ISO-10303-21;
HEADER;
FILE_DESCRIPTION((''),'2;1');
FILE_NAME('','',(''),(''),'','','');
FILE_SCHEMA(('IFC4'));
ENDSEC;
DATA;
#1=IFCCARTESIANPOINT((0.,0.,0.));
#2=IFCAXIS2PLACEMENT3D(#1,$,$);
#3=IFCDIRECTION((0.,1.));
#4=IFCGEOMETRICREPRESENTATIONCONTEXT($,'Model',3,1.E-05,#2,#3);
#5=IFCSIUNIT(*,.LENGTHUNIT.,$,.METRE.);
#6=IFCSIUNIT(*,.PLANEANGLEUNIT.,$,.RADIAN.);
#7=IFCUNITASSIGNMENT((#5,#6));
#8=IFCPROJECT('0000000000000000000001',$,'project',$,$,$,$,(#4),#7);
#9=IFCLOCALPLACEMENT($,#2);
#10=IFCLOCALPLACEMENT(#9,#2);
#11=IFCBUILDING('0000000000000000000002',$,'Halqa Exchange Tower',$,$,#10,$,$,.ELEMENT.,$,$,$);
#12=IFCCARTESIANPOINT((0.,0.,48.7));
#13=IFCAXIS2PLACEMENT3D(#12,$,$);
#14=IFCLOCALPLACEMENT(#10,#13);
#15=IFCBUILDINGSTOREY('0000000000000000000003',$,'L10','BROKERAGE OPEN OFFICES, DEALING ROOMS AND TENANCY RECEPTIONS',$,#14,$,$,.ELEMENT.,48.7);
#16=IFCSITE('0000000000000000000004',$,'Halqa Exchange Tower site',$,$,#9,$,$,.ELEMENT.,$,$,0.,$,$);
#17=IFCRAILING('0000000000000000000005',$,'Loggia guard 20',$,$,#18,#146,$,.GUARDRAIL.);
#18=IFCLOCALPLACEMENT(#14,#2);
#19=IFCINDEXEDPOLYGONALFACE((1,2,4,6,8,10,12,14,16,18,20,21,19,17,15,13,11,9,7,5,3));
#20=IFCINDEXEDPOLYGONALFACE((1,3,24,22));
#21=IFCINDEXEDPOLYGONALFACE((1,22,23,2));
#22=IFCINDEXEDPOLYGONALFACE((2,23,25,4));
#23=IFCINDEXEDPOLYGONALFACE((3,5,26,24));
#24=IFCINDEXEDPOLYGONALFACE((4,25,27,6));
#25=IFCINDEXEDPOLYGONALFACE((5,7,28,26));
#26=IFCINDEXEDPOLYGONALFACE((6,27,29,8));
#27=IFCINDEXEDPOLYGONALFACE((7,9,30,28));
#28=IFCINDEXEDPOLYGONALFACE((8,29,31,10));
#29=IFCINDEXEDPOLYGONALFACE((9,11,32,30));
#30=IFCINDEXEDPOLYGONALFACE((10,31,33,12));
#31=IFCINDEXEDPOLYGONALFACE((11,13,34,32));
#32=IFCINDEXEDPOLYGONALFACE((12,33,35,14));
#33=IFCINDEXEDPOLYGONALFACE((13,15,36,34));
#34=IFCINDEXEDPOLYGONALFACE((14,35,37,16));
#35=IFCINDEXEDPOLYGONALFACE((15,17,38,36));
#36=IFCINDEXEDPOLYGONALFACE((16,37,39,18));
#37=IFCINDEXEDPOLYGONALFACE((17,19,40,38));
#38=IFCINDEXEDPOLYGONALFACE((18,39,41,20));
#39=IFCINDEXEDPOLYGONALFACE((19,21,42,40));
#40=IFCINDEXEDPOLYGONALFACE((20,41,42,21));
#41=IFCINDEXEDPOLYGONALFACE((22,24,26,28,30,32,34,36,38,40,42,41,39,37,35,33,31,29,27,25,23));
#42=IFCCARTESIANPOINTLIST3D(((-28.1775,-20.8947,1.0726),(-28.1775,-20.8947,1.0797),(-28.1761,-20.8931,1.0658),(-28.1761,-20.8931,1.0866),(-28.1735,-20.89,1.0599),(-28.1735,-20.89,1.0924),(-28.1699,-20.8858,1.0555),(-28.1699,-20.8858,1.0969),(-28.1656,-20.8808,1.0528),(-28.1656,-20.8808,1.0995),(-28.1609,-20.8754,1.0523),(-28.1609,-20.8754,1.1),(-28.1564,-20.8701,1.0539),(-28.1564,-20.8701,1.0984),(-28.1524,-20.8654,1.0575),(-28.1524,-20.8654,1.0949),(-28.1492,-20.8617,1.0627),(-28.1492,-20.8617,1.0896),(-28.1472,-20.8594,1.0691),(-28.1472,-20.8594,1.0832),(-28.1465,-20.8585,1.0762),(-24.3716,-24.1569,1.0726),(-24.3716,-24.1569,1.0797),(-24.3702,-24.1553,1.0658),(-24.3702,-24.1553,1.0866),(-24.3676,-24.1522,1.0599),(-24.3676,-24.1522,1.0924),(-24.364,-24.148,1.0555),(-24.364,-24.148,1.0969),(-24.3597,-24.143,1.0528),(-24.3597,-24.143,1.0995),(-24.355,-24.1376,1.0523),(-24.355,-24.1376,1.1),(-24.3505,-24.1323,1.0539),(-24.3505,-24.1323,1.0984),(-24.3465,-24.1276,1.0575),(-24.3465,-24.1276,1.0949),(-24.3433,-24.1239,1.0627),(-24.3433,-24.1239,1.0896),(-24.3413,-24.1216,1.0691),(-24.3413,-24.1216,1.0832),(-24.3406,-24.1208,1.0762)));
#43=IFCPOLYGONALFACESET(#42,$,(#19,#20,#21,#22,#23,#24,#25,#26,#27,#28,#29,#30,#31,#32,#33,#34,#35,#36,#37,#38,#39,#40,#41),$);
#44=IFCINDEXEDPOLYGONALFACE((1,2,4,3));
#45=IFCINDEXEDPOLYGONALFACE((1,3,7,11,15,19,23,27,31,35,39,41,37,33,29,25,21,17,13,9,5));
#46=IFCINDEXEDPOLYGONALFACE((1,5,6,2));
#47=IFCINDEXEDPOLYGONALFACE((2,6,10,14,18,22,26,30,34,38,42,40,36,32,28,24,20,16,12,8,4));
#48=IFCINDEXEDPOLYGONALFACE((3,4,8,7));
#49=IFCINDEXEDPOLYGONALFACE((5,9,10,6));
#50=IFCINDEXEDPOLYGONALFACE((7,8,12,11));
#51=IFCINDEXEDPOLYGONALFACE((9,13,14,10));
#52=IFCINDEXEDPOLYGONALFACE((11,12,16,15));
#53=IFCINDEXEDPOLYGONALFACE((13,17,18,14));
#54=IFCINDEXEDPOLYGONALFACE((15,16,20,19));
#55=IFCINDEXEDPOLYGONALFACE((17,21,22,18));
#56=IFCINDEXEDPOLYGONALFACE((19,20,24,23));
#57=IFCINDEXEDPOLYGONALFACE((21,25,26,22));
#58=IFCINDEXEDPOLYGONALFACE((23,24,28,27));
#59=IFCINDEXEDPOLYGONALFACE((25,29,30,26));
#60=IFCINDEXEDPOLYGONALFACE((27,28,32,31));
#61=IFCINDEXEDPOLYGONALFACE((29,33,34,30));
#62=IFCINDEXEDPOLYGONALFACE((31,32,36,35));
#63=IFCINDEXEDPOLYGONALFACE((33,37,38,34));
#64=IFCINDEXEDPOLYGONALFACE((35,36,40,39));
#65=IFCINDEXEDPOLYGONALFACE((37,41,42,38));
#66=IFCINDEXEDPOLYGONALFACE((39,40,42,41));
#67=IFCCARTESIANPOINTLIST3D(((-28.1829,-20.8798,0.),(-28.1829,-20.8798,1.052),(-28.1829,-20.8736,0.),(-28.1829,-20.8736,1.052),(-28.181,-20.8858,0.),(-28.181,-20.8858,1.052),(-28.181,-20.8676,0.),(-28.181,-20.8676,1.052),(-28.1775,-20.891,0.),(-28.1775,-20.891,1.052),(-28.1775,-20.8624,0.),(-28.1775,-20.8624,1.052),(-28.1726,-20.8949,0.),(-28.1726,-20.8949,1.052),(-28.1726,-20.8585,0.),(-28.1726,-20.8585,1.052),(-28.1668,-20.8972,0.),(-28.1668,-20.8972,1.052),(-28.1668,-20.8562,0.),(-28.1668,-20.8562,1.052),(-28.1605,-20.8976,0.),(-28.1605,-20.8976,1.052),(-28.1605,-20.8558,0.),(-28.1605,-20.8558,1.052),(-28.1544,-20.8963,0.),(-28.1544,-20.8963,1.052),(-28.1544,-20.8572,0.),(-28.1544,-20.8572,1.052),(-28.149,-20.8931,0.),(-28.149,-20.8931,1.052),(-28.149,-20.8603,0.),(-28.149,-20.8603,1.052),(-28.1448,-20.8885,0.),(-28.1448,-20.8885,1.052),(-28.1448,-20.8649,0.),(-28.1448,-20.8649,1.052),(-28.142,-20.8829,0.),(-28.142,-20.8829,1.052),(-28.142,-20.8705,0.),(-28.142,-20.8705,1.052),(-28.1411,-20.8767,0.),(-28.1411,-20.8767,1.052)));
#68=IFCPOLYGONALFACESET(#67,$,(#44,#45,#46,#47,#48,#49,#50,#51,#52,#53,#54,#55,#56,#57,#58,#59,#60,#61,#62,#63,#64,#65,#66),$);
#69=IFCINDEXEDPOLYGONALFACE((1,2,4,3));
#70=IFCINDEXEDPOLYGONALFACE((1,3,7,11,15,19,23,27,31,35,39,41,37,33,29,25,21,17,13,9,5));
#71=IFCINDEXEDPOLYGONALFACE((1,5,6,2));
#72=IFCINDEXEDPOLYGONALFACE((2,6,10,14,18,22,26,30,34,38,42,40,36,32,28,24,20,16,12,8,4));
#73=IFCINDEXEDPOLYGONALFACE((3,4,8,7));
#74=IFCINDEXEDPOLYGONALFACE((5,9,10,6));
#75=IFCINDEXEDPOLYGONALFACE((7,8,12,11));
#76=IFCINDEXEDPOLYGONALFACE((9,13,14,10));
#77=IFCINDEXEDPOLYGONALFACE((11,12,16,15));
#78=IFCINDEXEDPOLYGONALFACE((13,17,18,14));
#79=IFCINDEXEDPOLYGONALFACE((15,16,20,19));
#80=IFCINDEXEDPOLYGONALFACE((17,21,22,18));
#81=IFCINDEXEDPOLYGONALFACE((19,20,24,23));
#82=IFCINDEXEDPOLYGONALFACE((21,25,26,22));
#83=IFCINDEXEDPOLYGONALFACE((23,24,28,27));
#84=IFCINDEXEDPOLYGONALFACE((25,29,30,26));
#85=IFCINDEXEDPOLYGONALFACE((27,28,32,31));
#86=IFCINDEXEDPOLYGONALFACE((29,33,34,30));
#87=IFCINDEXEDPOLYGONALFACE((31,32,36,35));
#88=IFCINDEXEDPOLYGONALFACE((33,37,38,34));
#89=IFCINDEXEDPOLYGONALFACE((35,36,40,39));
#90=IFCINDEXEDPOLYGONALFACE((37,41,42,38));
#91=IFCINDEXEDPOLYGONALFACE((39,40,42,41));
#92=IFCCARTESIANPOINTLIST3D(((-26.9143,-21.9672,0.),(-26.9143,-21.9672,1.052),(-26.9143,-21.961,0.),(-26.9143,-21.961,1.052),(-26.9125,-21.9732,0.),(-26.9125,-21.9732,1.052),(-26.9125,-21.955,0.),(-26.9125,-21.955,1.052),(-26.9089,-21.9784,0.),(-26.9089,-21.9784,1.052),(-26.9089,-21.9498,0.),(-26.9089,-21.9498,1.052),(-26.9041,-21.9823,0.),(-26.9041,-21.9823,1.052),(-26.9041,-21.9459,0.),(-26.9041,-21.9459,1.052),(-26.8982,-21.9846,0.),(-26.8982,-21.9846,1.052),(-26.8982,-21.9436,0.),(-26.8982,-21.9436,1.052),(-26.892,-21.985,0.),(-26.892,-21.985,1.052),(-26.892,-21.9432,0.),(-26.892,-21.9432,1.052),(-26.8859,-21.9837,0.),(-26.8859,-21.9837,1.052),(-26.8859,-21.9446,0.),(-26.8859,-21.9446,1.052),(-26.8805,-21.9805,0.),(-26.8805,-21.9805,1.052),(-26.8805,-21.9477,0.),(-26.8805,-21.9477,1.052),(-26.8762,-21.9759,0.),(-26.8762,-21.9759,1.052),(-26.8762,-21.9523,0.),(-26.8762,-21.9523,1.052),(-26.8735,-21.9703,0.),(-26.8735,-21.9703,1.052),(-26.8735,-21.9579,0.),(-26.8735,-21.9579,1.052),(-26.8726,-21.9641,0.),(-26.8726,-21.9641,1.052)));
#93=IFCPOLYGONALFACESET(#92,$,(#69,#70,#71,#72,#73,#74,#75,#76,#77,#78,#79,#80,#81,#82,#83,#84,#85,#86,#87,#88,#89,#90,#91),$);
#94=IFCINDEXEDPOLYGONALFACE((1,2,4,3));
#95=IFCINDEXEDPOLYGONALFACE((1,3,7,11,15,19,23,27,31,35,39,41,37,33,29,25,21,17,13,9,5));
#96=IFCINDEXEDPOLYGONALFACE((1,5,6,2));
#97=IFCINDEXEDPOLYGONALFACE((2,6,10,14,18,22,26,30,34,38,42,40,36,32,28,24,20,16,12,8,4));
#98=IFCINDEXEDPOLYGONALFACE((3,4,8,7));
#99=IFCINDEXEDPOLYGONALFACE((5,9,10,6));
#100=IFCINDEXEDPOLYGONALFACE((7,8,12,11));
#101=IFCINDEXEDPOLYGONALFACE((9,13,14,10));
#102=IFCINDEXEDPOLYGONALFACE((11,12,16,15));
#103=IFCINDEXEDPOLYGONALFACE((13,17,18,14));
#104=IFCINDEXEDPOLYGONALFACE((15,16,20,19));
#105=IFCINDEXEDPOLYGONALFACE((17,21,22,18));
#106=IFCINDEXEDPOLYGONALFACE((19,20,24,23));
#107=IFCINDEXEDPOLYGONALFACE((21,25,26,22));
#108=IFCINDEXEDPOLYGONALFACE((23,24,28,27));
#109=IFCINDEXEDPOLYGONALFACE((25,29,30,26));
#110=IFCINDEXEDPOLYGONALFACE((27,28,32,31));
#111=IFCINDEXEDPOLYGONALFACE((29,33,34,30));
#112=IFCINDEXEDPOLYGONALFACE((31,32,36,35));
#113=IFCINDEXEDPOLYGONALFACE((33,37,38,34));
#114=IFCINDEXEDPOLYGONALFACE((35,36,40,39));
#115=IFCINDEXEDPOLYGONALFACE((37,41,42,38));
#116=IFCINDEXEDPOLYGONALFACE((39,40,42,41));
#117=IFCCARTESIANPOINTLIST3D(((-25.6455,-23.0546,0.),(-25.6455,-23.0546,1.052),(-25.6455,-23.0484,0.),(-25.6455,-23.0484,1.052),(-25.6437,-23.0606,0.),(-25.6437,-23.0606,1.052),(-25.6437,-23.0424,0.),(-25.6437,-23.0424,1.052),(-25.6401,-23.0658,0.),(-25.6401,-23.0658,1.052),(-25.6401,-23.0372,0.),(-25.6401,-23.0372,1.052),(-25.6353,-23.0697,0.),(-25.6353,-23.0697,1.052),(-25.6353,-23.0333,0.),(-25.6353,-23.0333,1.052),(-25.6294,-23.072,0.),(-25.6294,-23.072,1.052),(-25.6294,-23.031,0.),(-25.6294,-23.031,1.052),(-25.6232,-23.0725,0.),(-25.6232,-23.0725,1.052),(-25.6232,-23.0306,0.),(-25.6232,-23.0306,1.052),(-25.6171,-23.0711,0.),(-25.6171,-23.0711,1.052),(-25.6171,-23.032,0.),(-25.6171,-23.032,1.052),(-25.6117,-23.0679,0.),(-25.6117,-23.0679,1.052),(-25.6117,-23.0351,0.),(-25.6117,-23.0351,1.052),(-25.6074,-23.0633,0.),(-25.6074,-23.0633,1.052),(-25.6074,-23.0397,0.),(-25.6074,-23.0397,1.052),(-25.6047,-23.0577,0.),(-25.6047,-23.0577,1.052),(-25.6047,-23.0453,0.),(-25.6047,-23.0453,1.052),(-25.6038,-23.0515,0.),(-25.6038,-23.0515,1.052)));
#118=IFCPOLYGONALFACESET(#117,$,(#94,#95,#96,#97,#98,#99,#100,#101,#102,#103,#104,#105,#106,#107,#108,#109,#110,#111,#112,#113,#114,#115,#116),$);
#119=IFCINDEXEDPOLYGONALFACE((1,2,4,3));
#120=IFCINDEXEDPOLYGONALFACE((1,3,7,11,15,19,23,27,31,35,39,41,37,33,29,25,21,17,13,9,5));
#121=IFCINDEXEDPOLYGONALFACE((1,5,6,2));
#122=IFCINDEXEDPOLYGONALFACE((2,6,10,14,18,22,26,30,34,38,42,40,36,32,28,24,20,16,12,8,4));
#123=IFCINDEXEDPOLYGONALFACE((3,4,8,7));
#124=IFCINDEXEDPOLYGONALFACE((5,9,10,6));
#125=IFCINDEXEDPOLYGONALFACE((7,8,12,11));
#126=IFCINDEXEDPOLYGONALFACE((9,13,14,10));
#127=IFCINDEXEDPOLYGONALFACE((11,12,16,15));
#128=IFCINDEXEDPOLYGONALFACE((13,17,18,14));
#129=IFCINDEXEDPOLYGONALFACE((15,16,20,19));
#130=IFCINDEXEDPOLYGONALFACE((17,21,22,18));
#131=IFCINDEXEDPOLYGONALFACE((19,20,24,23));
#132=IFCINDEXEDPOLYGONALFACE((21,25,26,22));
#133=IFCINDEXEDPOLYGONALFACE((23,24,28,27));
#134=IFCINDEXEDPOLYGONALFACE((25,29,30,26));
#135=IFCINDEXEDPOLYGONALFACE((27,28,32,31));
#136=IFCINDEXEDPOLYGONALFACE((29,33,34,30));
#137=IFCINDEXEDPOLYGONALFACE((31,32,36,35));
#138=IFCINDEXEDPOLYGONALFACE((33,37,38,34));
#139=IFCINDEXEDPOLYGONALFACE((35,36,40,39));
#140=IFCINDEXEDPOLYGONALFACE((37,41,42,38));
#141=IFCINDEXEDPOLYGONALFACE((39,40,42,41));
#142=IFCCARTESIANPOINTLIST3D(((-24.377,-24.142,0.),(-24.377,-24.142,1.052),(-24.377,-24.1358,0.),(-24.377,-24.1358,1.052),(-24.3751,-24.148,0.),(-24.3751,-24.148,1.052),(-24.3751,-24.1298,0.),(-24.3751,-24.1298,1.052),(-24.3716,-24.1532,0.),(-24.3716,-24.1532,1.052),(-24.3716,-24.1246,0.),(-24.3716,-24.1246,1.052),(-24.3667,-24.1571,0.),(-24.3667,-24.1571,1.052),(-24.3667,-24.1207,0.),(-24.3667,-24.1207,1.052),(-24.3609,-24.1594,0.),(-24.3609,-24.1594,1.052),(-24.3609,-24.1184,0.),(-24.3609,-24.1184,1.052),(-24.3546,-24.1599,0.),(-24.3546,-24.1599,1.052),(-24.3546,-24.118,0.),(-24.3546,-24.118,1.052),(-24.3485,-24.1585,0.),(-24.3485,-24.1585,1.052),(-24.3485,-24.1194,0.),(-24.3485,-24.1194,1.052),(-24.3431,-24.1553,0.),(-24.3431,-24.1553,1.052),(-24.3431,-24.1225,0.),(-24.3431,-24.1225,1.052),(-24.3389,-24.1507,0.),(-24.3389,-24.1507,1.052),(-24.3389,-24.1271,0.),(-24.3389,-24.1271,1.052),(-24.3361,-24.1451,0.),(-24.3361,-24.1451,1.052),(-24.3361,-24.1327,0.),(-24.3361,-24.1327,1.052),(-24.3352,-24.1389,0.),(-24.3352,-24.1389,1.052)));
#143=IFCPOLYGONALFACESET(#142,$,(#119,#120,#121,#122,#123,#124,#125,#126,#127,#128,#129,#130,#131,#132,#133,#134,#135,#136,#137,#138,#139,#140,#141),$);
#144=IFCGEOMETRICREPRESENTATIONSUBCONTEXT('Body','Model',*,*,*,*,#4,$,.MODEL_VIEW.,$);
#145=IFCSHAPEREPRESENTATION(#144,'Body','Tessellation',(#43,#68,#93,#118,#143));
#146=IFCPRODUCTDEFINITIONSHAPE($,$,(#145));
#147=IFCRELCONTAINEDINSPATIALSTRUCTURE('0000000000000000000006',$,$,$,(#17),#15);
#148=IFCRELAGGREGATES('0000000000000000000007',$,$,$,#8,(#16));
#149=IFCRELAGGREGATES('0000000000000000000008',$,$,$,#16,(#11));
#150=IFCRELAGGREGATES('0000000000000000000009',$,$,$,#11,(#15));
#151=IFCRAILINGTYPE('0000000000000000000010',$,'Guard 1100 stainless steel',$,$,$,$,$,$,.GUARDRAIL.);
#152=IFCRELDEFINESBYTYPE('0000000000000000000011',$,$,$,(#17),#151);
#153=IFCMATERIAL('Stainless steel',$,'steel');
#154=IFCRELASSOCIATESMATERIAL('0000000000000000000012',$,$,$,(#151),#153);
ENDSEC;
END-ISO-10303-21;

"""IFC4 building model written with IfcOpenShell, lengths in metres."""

from ifc_helpers import new_model, si_unit, direction, frame, origin, origin_2d, place, context, subcontext, project, spatial, circle, extrude, material, type_object, element, save


model = new_model("IFC4")

# Units and contexts
model_context = context("Model", 3, precision=1e-05, world=origin(), true_north=direction((0.0, 1.0)))
body_context = subcontext(model_context, "Body", "Model", "MODEL_VIEW")
ifc_project = project(units=[si_unit("LENGTHUNIT", "METRE"), si_unit("PLANEANGLEUNIT", "RADIAN")], contexts=[model_context])

# Site, building, storey
site_placement = place(None, origin())
site = spatial("IfcSite", under=ifc_project, at=site_placement, Name="Halqa Exchange Tower site", CompositionType="ELEMENT", RefElevation=0.0)
building_placement = place(site_placement, origin())
building = spatial("IfcBuilding", under=site, at=building_placement, Name="Halqa Exchange Tower", CompositionType="ELEMENT")
storey_placement = place(building_placement, frame((0.0, 0.0, 48.7)))
storey = spatial("IfcBuildingStorey", under=building, at=storey_placement, Name="L10", Description="BROKERAGE OPEN OFFICES, DEALING ROOMS AND TENANCY RECEPTIONS", CompositionType="ELEMENT", Elevation=48.7)

# Railing
ifc_material_1 = material(Name="Stainless steel", Category="steel")
railing_type = type_object("IfcRailingType", Name="Guard 1100 stainless steel", PredefinedType="GUARDRAIL", material=ifc_material_1)
railing_1_placement = place(storey_placement, frame((-28.1621, -20.8767, 0.0)))
element("IfcRailing", 1, at=railing_1_placement, inside=storey, type_object=railing_type, Name="Loggia guard 20", PredefinedType="GUARDRAIL", context=body_context, shape_type="SweptSolid", body=[
    extrude(circle(Radius=0.0239, at=origin_2d()), frame((0.0, 0.0, 1.0762), z_axis=(0.759257, -0.650791, 0.0), x_axis=(0.650791, 0.759257, 0.0)), (0.0, 0.0, 1.0), 5.0127),
    extrude(circle(Radius=0.021, at=origin_2d()), origin(), (0.0, 0.0, 1.0), 1.052),
    extrude(circle(Radius=0.021, at=origin_2d()), frame((1.2686, -1.0874, 0.0)), (0.0, 0.0, 1.0), 1.052),
    extrude(circle(Radius=0.021, at=origin_2d()), frame((2.5374, -2.1748, 0.0)), (0.0, 0.0, 1.0), 1.052),
    extrude(circle(Radius=0.021, at=origin_2d()), frame((3.8059, -3.2622, 0.0)), (0.0, 0.0, 1.0), 1.052),
])

save(model, "model.ifc")
